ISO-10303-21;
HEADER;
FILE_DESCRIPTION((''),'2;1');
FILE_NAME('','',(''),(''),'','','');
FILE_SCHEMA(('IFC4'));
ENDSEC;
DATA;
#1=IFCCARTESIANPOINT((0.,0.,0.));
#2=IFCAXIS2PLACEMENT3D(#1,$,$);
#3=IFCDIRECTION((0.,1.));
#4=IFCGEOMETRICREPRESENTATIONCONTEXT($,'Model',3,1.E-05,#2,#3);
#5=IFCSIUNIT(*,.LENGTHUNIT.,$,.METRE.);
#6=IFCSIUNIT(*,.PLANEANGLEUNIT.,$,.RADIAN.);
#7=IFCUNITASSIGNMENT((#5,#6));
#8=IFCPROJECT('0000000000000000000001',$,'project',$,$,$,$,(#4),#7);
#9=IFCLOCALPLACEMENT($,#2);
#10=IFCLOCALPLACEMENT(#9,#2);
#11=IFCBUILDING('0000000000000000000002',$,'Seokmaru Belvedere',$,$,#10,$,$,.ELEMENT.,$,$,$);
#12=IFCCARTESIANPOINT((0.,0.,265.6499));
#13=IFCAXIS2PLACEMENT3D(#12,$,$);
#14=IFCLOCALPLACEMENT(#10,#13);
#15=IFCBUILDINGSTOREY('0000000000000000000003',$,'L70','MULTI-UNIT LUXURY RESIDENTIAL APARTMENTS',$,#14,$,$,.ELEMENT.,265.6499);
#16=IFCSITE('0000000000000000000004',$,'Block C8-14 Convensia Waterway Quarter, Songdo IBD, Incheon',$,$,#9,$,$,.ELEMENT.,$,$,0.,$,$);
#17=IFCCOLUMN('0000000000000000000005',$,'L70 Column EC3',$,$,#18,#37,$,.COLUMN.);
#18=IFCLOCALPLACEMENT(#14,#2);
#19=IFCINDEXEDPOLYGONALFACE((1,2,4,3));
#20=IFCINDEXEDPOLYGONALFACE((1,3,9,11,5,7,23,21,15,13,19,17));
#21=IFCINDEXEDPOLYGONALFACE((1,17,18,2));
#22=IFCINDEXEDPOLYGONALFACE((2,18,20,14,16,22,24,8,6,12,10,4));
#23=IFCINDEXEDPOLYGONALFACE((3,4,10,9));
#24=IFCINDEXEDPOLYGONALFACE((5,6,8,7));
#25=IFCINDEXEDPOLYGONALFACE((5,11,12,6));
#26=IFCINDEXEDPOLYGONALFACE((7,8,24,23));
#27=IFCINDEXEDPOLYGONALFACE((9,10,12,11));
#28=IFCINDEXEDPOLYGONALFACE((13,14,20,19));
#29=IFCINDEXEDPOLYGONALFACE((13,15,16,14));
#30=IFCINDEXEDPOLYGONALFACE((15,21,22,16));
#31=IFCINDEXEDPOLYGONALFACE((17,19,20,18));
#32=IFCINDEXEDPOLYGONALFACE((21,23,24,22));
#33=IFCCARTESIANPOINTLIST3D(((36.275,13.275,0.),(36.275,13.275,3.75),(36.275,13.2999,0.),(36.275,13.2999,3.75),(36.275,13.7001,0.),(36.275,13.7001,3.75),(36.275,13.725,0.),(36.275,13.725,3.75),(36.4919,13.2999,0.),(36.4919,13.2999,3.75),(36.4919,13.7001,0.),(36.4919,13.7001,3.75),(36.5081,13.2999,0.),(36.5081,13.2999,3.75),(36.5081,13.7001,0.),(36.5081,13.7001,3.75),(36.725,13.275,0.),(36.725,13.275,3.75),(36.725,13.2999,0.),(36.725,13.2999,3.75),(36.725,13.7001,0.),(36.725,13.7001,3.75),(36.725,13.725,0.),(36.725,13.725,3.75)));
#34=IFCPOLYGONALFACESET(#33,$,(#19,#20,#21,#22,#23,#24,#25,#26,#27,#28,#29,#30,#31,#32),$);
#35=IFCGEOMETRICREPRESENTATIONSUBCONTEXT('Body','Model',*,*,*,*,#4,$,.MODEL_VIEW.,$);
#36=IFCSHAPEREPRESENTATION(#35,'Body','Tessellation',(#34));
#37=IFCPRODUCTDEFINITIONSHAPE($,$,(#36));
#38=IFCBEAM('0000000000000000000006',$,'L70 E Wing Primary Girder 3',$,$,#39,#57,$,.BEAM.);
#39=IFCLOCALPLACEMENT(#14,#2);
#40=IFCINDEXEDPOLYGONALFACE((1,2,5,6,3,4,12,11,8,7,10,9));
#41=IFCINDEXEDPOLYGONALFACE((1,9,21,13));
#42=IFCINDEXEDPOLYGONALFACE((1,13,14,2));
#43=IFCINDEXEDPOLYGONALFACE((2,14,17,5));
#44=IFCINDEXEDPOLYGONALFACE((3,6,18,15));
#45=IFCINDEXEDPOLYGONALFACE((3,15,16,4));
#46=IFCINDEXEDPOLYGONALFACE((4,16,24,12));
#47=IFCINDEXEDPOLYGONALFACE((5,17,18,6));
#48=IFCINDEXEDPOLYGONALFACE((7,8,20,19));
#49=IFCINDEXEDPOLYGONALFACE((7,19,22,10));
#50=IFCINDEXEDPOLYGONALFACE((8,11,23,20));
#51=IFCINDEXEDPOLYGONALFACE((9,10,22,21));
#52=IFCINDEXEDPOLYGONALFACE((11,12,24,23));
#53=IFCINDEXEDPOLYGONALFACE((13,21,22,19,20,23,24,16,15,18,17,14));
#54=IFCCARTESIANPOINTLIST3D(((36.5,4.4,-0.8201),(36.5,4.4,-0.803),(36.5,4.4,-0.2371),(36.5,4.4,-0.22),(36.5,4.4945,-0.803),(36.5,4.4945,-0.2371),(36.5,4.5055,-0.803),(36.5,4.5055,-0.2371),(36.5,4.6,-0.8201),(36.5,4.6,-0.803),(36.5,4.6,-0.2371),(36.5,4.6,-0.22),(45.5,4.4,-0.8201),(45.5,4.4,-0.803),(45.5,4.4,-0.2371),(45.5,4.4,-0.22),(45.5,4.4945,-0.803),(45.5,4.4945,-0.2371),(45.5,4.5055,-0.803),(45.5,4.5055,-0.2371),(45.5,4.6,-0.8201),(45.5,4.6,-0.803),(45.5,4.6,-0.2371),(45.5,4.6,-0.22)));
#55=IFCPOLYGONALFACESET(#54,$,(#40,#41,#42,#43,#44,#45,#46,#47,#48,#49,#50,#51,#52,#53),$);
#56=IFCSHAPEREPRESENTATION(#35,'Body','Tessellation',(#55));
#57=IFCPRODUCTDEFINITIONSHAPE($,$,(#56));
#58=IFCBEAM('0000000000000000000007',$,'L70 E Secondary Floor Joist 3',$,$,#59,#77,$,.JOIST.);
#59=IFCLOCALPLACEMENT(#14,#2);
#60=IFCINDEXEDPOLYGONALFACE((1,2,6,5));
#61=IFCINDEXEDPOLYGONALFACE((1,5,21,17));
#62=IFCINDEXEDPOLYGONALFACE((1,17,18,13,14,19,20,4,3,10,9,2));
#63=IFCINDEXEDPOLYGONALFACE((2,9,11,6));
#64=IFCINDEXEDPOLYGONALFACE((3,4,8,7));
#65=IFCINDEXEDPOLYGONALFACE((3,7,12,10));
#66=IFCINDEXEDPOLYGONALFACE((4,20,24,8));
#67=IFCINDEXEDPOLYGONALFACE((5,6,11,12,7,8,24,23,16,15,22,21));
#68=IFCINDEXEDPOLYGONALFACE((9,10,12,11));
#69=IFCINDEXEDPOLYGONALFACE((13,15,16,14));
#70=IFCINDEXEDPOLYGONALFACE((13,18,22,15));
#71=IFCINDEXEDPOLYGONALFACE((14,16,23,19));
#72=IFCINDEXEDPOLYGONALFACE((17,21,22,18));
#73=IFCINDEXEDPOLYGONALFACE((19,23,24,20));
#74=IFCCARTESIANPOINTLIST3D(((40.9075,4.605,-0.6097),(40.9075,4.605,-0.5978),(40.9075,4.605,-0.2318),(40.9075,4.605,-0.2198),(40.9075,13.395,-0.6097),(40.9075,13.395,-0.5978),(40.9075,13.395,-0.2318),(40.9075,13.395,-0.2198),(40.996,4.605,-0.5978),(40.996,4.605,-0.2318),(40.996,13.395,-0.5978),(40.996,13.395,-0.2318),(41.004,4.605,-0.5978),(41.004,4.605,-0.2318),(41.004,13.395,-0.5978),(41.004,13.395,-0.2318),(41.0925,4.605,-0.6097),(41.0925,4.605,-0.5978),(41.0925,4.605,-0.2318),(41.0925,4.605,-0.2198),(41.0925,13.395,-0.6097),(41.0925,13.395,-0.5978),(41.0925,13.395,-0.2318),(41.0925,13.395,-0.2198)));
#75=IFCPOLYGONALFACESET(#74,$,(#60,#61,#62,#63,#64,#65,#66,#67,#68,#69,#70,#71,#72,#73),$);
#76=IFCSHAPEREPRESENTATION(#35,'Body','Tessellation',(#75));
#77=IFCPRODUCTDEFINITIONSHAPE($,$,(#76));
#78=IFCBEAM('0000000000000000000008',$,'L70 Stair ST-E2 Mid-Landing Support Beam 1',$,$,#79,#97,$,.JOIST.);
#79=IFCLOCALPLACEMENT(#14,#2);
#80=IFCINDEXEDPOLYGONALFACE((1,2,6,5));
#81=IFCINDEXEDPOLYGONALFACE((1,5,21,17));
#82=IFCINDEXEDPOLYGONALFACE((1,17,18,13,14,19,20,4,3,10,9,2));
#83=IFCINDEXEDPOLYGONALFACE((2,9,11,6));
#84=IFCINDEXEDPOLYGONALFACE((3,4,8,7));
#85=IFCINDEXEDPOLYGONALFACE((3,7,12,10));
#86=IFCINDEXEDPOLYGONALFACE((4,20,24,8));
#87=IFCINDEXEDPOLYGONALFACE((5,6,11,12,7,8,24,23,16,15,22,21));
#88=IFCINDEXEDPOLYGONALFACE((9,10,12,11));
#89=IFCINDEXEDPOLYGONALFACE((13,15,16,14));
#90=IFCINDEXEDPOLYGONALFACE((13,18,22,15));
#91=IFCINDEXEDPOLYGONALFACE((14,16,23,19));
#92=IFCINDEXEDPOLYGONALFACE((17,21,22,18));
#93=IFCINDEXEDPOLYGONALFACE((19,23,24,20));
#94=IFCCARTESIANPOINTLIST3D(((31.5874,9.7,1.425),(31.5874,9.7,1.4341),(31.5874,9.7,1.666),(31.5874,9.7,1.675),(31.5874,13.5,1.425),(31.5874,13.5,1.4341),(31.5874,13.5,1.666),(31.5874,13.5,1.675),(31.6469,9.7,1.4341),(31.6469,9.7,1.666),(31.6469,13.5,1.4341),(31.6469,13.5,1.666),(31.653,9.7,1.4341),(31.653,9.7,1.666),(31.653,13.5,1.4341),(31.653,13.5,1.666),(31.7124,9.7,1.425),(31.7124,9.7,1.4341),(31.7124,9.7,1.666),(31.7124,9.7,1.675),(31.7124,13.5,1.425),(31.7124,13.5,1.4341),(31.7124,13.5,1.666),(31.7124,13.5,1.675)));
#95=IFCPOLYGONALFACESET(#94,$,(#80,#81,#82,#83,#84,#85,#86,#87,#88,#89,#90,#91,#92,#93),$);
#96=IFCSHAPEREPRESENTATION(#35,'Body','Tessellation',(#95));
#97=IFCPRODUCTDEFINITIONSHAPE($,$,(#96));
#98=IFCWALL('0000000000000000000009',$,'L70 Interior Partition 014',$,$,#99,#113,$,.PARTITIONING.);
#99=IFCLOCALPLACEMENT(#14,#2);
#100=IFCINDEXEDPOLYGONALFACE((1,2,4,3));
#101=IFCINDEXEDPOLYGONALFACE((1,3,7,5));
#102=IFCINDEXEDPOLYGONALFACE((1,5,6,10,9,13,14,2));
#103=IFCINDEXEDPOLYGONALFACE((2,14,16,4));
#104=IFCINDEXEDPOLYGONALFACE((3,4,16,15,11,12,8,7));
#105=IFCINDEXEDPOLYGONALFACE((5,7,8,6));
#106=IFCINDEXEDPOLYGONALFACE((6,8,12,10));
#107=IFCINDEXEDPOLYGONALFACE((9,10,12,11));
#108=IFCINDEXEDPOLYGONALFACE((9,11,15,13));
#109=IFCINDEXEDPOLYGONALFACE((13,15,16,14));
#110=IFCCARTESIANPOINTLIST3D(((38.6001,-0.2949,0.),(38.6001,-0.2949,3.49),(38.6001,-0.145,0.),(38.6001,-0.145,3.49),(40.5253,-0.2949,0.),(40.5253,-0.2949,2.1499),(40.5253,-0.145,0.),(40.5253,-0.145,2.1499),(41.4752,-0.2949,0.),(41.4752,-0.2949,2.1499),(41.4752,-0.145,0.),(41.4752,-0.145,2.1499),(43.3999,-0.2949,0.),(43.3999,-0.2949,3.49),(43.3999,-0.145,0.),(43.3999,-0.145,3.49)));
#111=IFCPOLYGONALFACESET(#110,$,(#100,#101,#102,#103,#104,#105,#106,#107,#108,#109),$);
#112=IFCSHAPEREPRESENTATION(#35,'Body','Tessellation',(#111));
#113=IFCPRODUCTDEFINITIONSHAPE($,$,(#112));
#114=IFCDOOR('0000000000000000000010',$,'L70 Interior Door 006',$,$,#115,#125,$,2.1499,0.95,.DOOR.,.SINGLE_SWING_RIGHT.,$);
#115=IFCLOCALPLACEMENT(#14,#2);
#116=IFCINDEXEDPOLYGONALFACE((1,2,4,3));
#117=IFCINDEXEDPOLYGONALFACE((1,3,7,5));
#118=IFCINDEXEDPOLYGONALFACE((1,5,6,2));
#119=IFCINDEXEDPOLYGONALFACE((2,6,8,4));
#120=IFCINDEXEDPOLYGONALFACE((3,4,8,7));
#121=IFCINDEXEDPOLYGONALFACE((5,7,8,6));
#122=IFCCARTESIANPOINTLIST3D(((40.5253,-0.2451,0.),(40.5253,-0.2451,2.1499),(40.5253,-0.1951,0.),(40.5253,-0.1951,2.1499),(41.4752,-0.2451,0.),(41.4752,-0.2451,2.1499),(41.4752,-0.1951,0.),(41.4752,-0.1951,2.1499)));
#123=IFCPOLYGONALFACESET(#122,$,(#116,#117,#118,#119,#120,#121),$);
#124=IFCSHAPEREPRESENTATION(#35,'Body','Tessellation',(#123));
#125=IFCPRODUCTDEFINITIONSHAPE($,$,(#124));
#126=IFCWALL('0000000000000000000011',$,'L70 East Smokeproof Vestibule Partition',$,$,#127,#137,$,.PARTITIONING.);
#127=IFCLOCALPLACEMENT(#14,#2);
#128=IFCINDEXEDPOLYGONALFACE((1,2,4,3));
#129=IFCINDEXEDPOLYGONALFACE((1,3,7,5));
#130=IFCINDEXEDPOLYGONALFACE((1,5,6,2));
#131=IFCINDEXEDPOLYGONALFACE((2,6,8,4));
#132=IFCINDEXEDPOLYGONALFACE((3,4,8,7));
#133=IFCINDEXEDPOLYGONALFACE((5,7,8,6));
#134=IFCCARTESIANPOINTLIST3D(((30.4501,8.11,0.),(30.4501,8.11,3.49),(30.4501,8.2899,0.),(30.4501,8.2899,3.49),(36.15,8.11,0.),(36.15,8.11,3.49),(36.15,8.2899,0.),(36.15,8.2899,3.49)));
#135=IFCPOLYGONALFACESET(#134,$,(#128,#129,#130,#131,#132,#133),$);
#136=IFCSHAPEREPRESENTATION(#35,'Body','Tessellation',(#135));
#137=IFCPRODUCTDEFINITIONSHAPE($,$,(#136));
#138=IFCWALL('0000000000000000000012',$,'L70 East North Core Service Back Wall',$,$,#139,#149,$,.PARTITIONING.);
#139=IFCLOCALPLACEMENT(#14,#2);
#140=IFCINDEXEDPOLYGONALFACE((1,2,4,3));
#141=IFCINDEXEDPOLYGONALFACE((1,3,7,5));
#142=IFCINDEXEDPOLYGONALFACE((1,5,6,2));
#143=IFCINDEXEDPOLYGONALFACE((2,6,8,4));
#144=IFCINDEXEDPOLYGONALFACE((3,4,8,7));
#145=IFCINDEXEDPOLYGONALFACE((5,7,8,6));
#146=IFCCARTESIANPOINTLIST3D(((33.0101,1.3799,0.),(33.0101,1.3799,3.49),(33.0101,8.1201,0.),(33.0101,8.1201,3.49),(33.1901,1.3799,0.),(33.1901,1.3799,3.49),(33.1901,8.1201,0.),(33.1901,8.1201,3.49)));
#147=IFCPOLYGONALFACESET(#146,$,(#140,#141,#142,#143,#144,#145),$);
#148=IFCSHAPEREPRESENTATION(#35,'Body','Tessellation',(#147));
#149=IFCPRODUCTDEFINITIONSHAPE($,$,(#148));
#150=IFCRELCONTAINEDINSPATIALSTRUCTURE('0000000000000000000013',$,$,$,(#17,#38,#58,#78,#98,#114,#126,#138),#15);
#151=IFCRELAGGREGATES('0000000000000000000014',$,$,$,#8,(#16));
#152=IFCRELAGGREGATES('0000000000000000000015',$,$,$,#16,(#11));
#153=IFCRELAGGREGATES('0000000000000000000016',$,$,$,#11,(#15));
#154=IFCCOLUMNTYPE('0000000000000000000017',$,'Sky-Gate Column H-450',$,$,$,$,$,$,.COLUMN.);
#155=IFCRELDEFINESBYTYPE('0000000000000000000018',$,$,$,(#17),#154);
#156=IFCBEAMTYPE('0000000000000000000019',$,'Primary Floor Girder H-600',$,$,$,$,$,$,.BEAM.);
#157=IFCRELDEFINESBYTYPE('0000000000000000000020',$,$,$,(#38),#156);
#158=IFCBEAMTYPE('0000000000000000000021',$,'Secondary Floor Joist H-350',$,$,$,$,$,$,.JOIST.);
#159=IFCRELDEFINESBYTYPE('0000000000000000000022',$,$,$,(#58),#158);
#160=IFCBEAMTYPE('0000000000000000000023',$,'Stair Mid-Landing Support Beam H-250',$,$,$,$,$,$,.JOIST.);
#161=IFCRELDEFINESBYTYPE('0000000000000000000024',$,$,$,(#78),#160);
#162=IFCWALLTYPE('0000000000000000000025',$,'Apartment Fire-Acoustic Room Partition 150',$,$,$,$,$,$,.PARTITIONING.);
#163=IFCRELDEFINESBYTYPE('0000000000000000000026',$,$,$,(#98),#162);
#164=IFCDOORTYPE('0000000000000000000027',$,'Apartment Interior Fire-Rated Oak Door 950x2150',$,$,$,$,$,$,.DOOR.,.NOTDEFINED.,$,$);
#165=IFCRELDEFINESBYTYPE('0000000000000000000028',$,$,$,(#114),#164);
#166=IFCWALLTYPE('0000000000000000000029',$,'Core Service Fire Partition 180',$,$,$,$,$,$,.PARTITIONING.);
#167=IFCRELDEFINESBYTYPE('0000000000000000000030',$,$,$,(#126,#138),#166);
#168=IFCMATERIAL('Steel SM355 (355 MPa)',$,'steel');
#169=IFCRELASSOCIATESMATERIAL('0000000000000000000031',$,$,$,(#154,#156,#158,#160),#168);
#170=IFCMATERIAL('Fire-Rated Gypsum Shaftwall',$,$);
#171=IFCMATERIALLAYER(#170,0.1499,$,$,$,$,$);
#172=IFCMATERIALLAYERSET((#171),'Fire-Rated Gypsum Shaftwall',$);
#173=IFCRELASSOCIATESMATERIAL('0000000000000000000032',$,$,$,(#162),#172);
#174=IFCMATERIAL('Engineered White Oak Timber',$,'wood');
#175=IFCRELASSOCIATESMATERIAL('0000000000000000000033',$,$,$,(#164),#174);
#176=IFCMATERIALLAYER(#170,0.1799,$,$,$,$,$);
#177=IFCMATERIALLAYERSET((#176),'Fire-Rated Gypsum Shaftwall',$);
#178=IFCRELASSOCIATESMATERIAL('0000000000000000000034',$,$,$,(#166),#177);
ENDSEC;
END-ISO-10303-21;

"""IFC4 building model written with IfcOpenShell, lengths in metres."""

from ifc_helpers import new_model, si_unit, direction, frame, frame_2d, origin, origin_2d, place, context, subcontext, project, spatial, rectangle, i_section, extrude, source, transform, mapped, material, layer, layer_set, material_profile, profile_set, type_object, type_shapes, element, fill, save


model = new_model("IFC4")

# Units and contexts
model_context = context("Model", 3, precision=1e-05, world=origin(), true_north=direction((0.0, 1.0)))
body_context = subcontext(model_context, "Body", "Model", "MODEL_VIEW")
ifc_project = project(units=[si_unit("LENGTHUNIT", "METRE"), si_unit("PLANEANGLEUNIT", "RADIAN")], contexts=[model_context])

# Site, building, storey
site_placement = place(None, origin())
site = spatial("IfcSite", under=ifc_project, at=site_placement, Name="Block C8-14 Convensia Waterway Quarter, Songdo IBD, Incheon", CompositionType="ELEMENT", RefElevation=0.0)
building_placement = place(site_placement, origin())
building = spatial("IfcBuilding", under=site, at=building_placement, Name="Seokmaru Belvedere", CompositionType="ELEMENT")
storey_placement = place(building_placement, frame((0.0, 0.0, 265.6499)))
storey = spatial("IfcBuildingStorey", under=building, at=storey_placement, Name="L70", Description="MULTI-UNIT LUXURY RESIDENTIAL APARTMENTS", CompositionType="ELEMENT", Elevation=265.6499)

# Column
ifc_material_1 = material(Name="Steel SM355 (355 MPa)", Category="steel")
ifc_material_profile_1 = material_profile(ifc_material_1, i_section(OverallWidth=0.45, OverallDepth=0.45, WebThickness=0.0161, FlangeThickness=0.0249, at=origin_2d()), Name="H-450x450x16x25")
ifc_profile_set_1 = profile_set([ifc_material_profile_1], Name="Steel SM355 (355 MPa)")
column_type = type_object("IfcColumnType", Name="Sky-Gate Column H-450", PredefinedType="COLUMN", material=ifc_profile_set_1)
shared_shape_1 = source(origin(), body_context, "Body", "SweptSolid", [
    extrude(i_section(OverallWidth=0.45, OverallDepth=0.45, WebThickness=0.0161, FlangeThickness=0.0249, at=origin_2d()), origin(), (0.0, 0.0, 1.0), 3.75),
])
type_shapes(column_type, [shared_shape_1])
column_placement = place(storey_placement, frame((36.5, 13.5, 0.0), z_axis=(0.0, 0.0, 1.0), x_axis=(1.0, 0.0, 0.0)))
element("IfcColumn", 1, at=column_placement, inside=storey, type_object=column_type, Name="L70 Column EC3", PredefinedType="COLUMN", context=body_context, shape_type="MappedRepresentation", body=[
    mapped(shared_shape_1, transform((0.0, 0.0, 0.0), scale=1.0)),
])

# Beams
ifc_material_profile_2 = material_profile(ifc_material_1, i_section(OverallWidth=0.2, OverallDepth=0.6001, WebThickness=0.011, FlangeThickness=0.0171, at=origin_2d()), Name="H-600x200x11x17")
ifc_profile_set_2 = profile_set([ifc_material_profile_2], Name="Steel SM355 (355 MPa)")
beam_type_1 = type_object("IfcBeamType", Name="Primary Floor Girder H-600", PredefinedType="BEAM", material=ifc_profile_set_2)
shared_shape_2 = source(origin(), body_context, "Body", "SweptSolid", [
    extrude(i_section(OverallWidth=0.2, OverallDepth=0.6001, WebThickness=0.011, FlangeThickness=0.0171, at=origin_2d()), origin(), (0.0, 0.0, 1.0), 9.0),
])
type_shapes(beam_type_1, [shared_shape_2])
beam_1_placement = place(storey_placement, frame((36.5, 4.5, -0.52), z_axis=(1.0, 0.0, 0.0), x_axis=(0.0, 1.0, 0.0)))
element("IfcBeam", 2, at=beam_1_placement, inside=storey, type_object=beam_type_1, Name="L70 E Wing Primary Girder 3", PredefinedType="BEAM", context=body_context, shape_type="MappedRepresentation", body=[
    mapped(shared_shape_2, transform((0.0, 0.0, 0.0), scale=1.0)),
])
ifc_material_profile_3 = material_profile(ifc_material_1, i_section(OverallWidth=0.1851, OverallDepth=0.3899, WebThickness=0.0081, FlangeThickness=0.012, at=origin_2d()), Name="H-390x185x8x12")
ifc_profile_set_3 = profile_set([ifc_material_profile_3], Name="Steel SM355 (355 MPa)")
beam_type_2 = type_object("IfcBeamType", Name="Secondary Floor Joist H-350", PredefinedType="JOIST", material=ifc_profile_set_3)
shared_shape_3 = source(origin(), body_context, "Body", "SweptSolid", [
    extrude(i_section(OverallWidth=0.1851, OverallDepth=0.3899, WebThickness=0.0081, FlangeThickness=0.012, at=origin_2d()), origin(), (0.0, 0.0, 1.0), 8.79),
])
type_shapes(beam_type_2, [shared_shape_3])
beam_2_placement = place(storey_placement, frame((41.0, 4.605, -0.4148), z_axis=(0.0, 1.0, 0.0), x_axis=(-1.0, 0.0, 0.0)))
element("IfcBeam", 3, at=beam_2_placement, inside=storey, type_object=beam_type_2, Name="L70 E Secondary Floor Joist 3", PredefinedType="JOIST", context=body_context, shape_type="MappedRepresentation", body=[
    mapped(shared_shape_3, transform((0.0, 0.0, 0.0), scale=1.0)),
])
ifc_material_profile_4 = material_profile(ifc_material_1, i_section(OverallWidth=0.125, OverallDepth=0.25, WebThickness=0.0061, FlangeThickness=0.009, at=origin_2d()), Name="H-250x125x6x9")
ifc_profile_set_4 = profile_set([ifc_material_profile_4], Name="Steel SM355 (355 MPa)")
beam_type_3 = type_object("IfcBeamType", Name="Stair Mid-Landing Support Beam H-250", PredefinedType="JOIST", material=ifc_profile_set_4)
shared_shape_4 = source(origin(), body_context, "Body", "SweptSolid", [
    extrude(i_section(OverallWidth=0.125, OverallDepth=0.25, WebThickness=0.0061, FlangeThickness=0.009, at=origin_2d()), origin(), (0.0, 0.0, 1.0), 3.8),
])
type_shapes(beam_type_3, [shared_shape_4])
beam_3_placement = place(storey_placement, frame((31.6499, 9.7, 1.55), z_axis=(0.0, 1.0, 0.0), x_axis=(-1.0, 0.0, 0.0)))
element("IfcBeam", 4, at=beam_3_placement, inside=storey, type_object=beam_type_3, Name="L70 Stair ST-E2 Mid-Landing Support Beam 1", PredefinedType="JOIST", context=body_context, shape_type="MappedRepresentation", body=[
    mapped(shared_shape_4, transform((0.0, 0.0, 0.0), scale=1.0)),
])

# Wall, opening, door
ifc_material_2 = material(Name="Fire-Rated Gypsum Shaftwall")
ifc_layer_1 = layer(ifc_material_2, 0.1499)
ifc_layer_set_1 = layer_set([ifc_layer_1], Name="Fire-Rated Gypsum Shaftwall")
wall_type_1 = type_object("IfcWallType", Name="Apartment Fire-Acoustic Room Partition 150", PredefinedType="PARTITIONING", material=ifc_layer_set_1)
wall_1_placement = place(storey_placement, frame((38.6001, -0.22, 0.0), z_axis=(0.0, 0.0, 1.0), x_axis=(1.0, 0.0, 0.0)))
wall_1 = element("IfcWall", 5, at=wall_1_placement, inside=storey, type_object=wall_type_1, Name="L70 Interior Partition 014", PredefinedType="PARTITIONING", context=body_context, shape_type="SweptSolid", body=[
    extrude(rectangle(XDim=4.7998, YDim=0.1499, at=frame_2d((2.3999, 0.0))), origin(), (0.0, 0.0, 1.0), 3.49),
])
opening_1_placement = place(wall_1_placement, frame((1.925, 0.0, 0.0)))
opening_1 = element("IfcOpeningElement", 6, at=opening_1_placement, cuts=wall_1, PredefinedType="OPENING", context=body_context, shape_type="SweptSolid", body=[
    extrude(rectangle(XDim=0.95, YDim=2.1499, at=frame_2d((0.4751, 1.075))), frame((0.0, 0.085, 0.0), z_axis=(0.0, -1.0, 0.0), x_axis=(1.0, 0.0, 0.0)), (0.0, 0.0, 1.0), 0.1699),
])
ifc_material_3 = material(Name="Engineered White Oak Timber", Category="wood")
door_type_1 = type_object("IfcDoorType", Name="Apartment Interior Fire-Rated Oak Door 950x2150", OperationType="NOTDEFINED", PredefinedType="DOOR", material=ifc_material_3)
shared_shape_5 = source(origin(), body_context, "Body", "SweptSolid", [
    extrude(rectangle(XDim=0.95, YDim=2.1499, at=frame_2d((0.4751, 1.075))), frame((0.0, 0.0249, 0.0), z_axis=(0.0, -1.0, 0.0), x_axis=(1.0, 0.0, 0.0)), (0.0, 0.0, 1.0), 0.05),
])
type_shapes(door_type_1, [shared_shape_5])
door_1_placement = place(opening_1_placement, origin())
door_1 = element("IfcDoor", 7, at=door_1_placement, inside=storey, type_object=door_type_1, Name="L70 Interior Door 006", OperationType="SINGLE_SWING_RIGHT", OverallHeight=2.1499, OverallWidth=0.95, PredefinedType="DOOR", context=body_context, shape_type="MappedRepresentation", body=[
    mapped(shared_shape_5, transform((0.0, 0.0, 0.0), scale=1.0)),
])
fill(opening_1, door_1)

# Walls
ifc_layer_2 = layer(ifc_material_2, 0.1799)
ifc_layer_set_2 = layer_set([ifc_layer_2], Name="Fire-Rated Gypsum Shaftwall")
wall_type_2 = type_object("IfcWallType", Name="Core Service Fire Partition 180", PredefinedType="PARTITIONING", material=ifc_layer_set_2)
wall_2_placement = place(storey_placement, frame((30.45, 8.2, 0.0), z_axis=(0.0, 0.0, 1.0), x_axis=(1.0, 0.0, 0.0)))
element("IfcWall", 8, at=wall_2_placement, inside=storey, type_object=wall_type_2, Name="L70 East Smokeproof Vestibule Partition", PredefinedType="PARTITIONING", context=body_context, shape_type="SweptSolid", body=[
    extrude(rectangle(XDim=5.7, YDim=0.1799, at=frame_2d((2.8501, 0.0))), origin(), (0.0, 0.0, 1.0), 3.49),
])
wall_3_placement = place(storey_placement, frame((33.1001, 1.3799, 0.0), z_axis=(0.0, 0.0, 1.0), x_axis=(0.0, 1.0, 0.0)))
element("IfcWall", 9, at=wall_3_placement, inside=storey, type_object=wall_type_2, Name="L70 East North Core Service Back Wall", PredefinedType="PARTITIONING", context=body_context, shape_type="SweptSolid", body=[
    extrude(rectangle(XDim=6.7402, YDim=0.1799, at=frame_2d((3.3701, 0.0))), origin(), (0.0, 0.0, 1.0), 3.49),
])

save(model, "model.ifc")
